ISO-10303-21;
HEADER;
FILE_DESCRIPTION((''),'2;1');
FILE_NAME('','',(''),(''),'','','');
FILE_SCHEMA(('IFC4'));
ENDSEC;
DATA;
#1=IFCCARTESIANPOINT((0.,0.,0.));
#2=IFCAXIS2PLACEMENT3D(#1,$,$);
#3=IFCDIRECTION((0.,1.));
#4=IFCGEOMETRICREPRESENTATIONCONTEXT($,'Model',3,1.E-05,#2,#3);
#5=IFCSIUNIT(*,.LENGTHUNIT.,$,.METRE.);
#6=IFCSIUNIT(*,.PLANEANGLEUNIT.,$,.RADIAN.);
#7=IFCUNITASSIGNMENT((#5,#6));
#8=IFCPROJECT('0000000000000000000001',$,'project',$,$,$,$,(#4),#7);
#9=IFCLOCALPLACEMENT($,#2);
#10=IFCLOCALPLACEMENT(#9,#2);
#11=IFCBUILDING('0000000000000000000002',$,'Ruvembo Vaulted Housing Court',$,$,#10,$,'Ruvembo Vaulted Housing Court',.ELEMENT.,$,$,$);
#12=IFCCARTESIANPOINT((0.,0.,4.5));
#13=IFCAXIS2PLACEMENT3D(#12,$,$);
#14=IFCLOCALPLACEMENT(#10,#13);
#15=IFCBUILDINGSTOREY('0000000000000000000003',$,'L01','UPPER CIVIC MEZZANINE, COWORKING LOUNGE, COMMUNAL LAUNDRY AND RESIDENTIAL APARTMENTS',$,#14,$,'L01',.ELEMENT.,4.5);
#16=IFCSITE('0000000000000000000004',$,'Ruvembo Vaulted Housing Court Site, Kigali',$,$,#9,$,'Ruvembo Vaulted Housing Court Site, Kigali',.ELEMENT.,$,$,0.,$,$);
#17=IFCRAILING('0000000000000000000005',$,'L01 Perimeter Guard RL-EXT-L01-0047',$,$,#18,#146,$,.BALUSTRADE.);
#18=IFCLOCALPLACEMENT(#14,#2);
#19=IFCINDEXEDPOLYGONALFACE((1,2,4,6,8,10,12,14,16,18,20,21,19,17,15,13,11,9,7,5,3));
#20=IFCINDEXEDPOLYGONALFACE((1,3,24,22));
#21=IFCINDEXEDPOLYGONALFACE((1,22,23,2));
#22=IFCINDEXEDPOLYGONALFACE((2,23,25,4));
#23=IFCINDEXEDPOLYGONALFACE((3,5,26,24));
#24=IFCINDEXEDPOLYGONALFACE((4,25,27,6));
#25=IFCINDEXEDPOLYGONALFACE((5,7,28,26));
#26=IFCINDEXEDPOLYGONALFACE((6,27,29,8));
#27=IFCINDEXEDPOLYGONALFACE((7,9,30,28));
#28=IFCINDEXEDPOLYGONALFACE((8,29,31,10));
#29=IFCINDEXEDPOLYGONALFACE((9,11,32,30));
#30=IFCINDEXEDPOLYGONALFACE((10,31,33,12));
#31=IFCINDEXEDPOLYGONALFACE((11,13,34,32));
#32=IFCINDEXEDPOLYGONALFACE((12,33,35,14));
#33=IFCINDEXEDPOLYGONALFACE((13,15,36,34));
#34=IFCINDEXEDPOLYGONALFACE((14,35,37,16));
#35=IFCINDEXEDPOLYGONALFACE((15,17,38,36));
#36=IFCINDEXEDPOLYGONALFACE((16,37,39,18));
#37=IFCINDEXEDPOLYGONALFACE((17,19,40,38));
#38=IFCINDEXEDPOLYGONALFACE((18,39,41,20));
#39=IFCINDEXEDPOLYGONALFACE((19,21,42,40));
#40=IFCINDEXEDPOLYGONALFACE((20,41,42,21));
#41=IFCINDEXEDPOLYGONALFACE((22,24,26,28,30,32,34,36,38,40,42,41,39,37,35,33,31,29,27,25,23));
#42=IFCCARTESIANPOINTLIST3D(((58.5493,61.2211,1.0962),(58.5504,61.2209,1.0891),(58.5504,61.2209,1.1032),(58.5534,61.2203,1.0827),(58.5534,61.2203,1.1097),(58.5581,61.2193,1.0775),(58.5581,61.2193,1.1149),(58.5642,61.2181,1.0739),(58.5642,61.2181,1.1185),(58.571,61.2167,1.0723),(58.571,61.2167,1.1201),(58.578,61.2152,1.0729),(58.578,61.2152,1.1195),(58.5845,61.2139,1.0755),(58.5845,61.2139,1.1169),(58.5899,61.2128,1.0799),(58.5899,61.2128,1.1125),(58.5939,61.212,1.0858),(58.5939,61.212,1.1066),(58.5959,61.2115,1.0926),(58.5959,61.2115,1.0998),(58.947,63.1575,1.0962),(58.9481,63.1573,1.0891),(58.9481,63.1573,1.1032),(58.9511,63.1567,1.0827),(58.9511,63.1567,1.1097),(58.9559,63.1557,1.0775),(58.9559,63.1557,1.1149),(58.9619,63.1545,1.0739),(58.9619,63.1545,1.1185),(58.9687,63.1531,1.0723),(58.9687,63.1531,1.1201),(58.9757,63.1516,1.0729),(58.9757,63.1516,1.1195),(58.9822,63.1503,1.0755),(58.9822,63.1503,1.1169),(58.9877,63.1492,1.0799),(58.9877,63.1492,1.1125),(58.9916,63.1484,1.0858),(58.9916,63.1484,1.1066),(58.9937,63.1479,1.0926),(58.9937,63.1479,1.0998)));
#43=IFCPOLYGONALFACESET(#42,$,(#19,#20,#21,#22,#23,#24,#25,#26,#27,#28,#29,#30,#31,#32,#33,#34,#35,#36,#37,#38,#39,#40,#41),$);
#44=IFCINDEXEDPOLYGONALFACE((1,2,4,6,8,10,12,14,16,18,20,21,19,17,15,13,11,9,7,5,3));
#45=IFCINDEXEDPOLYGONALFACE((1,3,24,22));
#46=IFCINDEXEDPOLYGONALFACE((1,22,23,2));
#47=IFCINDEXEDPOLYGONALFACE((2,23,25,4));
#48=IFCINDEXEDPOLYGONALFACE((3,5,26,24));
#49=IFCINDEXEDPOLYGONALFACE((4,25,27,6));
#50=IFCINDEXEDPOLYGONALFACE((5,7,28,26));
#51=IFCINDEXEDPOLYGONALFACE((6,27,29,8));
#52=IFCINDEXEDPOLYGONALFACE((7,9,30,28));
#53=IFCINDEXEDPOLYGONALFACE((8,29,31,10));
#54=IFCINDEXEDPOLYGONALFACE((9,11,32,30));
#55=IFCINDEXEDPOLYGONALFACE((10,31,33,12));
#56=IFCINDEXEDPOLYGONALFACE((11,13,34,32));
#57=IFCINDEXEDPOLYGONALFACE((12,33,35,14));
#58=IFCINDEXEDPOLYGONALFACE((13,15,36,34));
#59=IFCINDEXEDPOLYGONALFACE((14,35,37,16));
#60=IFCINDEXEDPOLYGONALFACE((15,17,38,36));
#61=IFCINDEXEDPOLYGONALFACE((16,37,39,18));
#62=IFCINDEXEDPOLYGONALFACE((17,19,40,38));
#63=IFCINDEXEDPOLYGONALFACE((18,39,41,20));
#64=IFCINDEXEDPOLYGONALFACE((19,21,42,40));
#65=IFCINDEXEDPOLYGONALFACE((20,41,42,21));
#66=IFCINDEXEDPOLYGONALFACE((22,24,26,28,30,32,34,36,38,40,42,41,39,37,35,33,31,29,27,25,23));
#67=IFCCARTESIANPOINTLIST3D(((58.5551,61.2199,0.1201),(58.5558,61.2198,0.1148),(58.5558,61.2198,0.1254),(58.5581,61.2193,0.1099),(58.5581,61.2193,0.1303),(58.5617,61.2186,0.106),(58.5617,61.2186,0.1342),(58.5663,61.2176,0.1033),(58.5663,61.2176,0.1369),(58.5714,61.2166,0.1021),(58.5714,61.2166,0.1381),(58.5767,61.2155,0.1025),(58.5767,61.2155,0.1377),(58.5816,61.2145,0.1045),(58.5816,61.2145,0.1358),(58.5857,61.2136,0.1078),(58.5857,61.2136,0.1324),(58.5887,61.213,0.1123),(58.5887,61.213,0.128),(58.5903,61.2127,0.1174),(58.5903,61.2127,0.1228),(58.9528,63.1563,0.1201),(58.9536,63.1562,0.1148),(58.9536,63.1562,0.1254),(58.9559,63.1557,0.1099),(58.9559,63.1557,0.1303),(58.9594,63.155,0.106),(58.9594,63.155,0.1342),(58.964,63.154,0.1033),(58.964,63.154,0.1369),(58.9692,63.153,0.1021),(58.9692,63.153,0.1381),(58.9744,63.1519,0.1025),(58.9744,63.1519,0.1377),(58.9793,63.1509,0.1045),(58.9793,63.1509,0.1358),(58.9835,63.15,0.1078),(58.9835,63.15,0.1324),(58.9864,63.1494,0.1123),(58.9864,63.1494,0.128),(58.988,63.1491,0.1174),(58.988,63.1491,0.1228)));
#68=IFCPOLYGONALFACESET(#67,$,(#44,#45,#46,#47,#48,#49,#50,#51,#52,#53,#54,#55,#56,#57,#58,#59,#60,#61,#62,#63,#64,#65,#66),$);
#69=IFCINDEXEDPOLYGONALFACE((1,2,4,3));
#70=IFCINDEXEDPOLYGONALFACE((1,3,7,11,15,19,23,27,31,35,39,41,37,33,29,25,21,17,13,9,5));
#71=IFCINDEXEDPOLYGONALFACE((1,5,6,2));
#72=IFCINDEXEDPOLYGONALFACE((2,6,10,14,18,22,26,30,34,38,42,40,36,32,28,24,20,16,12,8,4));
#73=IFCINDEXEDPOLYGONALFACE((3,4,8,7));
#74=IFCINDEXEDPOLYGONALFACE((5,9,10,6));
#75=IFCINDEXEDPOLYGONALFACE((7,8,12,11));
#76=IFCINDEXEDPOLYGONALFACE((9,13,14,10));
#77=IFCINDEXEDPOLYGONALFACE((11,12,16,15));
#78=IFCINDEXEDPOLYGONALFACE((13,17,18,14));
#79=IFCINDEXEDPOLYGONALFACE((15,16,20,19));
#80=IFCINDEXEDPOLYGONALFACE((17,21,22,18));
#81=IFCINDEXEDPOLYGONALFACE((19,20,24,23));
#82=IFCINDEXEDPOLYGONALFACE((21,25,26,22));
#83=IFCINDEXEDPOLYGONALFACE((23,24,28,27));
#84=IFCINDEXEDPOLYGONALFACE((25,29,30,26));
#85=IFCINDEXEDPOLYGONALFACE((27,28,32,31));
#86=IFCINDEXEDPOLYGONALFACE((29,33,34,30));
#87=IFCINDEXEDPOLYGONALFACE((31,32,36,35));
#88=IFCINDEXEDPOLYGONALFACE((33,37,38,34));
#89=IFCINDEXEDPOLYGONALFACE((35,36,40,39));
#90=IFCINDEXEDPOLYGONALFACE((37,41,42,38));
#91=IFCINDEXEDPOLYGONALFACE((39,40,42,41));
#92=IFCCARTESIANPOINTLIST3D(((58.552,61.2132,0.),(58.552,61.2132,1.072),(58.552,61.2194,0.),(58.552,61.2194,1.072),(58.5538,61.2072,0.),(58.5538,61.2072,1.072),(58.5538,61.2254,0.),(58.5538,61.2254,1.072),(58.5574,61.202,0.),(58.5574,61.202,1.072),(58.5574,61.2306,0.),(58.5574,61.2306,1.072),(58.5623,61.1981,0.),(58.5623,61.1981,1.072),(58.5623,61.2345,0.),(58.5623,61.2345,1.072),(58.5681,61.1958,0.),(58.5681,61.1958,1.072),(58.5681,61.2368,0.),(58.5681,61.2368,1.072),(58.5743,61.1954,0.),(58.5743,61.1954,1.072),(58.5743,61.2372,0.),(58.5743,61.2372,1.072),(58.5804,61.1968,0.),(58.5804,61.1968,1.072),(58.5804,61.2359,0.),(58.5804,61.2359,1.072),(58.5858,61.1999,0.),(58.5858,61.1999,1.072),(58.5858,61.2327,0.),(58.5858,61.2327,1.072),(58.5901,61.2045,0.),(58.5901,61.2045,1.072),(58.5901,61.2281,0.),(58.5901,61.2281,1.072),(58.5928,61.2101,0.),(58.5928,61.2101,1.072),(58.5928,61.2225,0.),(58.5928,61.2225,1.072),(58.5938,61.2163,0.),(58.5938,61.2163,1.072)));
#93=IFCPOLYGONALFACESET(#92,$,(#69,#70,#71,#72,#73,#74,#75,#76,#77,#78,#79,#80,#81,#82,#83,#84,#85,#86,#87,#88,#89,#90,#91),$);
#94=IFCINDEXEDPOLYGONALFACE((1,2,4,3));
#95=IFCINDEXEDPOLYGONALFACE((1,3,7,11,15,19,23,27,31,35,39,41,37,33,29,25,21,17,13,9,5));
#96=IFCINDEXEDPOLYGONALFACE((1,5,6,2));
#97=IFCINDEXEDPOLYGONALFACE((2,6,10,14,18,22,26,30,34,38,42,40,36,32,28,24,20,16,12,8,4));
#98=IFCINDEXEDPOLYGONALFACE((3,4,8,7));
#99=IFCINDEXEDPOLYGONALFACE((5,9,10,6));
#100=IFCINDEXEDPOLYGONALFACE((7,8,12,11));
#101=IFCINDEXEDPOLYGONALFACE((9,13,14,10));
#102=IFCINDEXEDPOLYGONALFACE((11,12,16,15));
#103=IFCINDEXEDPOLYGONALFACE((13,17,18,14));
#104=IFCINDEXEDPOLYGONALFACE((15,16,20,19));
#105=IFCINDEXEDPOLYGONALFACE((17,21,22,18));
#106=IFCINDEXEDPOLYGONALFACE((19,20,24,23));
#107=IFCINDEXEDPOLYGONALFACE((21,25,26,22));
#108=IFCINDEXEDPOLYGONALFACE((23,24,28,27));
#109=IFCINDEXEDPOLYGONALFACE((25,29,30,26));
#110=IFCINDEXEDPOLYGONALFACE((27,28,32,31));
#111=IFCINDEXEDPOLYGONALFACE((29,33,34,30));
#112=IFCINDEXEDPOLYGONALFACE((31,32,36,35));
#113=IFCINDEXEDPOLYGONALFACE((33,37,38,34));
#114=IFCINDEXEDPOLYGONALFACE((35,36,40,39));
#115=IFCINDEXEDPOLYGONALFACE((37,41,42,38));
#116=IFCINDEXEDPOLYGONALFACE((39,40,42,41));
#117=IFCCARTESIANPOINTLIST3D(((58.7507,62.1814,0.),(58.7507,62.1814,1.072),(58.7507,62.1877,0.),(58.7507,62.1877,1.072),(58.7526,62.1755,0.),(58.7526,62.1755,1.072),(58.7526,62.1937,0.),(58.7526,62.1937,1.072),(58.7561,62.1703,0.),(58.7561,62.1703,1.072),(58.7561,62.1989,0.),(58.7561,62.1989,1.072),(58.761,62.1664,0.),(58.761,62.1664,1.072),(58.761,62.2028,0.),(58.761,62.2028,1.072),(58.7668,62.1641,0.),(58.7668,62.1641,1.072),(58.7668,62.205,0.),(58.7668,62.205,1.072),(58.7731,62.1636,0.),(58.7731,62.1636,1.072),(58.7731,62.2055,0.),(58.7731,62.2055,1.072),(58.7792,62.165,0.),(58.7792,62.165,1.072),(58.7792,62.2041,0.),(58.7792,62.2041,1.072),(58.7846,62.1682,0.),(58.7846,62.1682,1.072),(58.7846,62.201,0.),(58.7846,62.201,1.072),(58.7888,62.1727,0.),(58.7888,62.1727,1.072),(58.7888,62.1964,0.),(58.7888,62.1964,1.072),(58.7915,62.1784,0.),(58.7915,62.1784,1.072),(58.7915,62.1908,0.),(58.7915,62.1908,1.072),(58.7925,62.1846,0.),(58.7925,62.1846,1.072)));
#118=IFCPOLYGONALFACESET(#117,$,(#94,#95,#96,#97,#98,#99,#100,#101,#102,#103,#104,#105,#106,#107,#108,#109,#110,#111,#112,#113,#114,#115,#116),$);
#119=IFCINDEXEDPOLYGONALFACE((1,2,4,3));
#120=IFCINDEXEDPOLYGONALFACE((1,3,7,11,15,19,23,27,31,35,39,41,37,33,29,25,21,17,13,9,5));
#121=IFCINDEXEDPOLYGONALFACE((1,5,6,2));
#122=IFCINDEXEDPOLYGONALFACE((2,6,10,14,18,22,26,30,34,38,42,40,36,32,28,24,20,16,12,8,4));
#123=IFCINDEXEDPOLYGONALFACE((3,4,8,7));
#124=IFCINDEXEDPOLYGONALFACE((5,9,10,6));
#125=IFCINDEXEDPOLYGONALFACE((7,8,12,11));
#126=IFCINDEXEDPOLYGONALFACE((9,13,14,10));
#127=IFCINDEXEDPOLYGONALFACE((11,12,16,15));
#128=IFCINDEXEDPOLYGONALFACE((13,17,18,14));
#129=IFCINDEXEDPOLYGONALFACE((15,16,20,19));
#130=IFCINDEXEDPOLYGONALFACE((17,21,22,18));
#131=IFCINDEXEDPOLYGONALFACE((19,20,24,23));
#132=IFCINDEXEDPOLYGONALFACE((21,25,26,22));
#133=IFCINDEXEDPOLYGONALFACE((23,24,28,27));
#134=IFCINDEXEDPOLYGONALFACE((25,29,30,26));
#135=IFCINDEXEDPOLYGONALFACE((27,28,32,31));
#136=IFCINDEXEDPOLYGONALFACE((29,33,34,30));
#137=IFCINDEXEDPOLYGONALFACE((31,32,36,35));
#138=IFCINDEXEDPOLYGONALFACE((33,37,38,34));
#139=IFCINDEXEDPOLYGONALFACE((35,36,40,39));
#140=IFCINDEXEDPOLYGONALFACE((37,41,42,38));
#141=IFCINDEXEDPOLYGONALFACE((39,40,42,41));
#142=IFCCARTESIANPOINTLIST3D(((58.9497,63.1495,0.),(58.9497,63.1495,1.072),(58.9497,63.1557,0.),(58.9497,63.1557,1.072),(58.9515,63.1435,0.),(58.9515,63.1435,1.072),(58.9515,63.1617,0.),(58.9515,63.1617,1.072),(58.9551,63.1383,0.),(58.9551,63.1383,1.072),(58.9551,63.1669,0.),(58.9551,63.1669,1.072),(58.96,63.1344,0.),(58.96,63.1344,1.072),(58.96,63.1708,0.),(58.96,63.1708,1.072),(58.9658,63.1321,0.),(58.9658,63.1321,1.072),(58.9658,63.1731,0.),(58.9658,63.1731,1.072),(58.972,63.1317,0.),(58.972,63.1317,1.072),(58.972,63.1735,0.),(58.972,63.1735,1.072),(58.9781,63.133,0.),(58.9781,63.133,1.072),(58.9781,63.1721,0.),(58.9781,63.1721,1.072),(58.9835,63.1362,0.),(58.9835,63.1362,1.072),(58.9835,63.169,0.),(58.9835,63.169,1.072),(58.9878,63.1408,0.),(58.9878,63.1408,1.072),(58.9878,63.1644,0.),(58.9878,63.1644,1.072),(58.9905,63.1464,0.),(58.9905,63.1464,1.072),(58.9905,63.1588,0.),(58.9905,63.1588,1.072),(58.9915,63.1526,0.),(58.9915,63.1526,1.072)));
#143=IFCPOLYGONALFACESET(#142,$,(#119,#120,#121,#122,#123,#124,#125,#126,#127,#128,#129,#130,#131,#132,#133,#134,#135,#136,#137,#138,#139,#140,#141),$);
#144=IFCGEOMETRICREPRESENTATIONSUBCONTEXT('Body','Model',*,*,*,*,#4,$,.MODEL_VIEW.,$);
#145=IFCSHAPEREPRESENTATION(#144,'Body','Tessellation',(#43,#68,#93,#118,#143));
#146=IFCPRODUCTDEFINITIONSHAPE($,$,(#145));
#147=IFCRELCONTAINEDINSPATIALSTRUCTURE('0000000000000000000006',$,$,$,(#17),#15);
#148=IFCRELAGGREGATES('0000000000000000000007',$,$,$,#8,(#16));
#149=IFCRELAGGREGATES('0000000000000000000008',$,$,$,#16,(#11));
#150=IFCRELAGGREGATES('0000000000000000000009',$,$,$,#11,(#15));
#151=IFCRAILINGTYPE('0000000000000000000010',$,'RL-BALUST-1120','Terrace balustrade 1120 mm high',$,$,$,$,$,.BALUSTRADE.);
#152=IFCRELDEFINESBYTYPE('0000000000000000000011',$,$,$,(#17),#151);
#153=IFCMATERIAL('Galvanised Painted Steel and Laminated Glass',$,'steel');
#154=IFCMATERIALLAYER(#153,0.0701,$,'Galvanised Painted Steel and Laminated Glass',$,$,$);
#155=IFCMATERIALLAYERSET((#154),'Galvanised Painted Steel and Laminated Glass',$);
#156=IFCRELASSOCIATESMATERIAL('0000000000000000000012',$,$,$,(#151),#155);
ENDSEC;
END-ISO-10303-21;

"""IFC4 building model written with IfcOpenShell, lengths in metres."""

from ifc_helpers import new_model, si_unit, direction, frame, origin, origin_2d, place, context, subcontext, project, spatial, circle, extrude, material, layer, layer_set, type_object, element, save


model = new_model("IFC4")

# Units and contexts
model_context = context("Model", 3, precision=1e-05, world=origin(), true_north=direction((0.0, 1.0)))
body_context = subcontext(model_context, "Body", "Model", "MODEL_VIEW")
ifc_project = project(units=[si_unit("LENGTHUNIT", "METRE"), si_unit("PLANEANGLEUNIT", "RADIAN")], contexts=[model_context])

# Site, building, storey
site_placement = place(None, origin())
site = spatial("IfcSite", under=ifc_project, at=site_placement, Name="Ruvembo Vaulted Housing Court Site, Kigali", LongName="Ruvembo Vaulted Housing Court Site, Kigali", CompositionType="ELEMENT", RefElevation=0.0)
building_placement = place(site_placement, origin())
building = spatial("IfcBuilding", under=site, at=building_placement, Name="Ruvembo Vaulted Housing Court", LongName="Ruvembo Vaulted Housing Court", CompositionType="ELEMENT")
storey_placement = place(building_placement, frame((0.0, 0.0, 4.5)))
storey = spatial("IfcBuildingStorey", under=building, at=storey_placement, Name="L01", Description="UPPER CIVIC MEZZANINE, COWORKING LOUNGE, COMMUNAL LAUNDRY AND RESIDENTIAL APARTMENTS", LongName="L01", CompositionType="ELEMENT", Elevation=4.5)

# Railing
ifc_material_1 = material(Name="Galvanised Painted Steel and Laminated Glass", Category="steel")
ifc_layer_1 = layer(ifc_material_1, 0.0701, Name="Galvanised Painted Steel and Laminated Glass")
ifc_layer_set_1 = layer_set([ifc_layer_1], Name="Galvanised Painted Steel and Laminated Glass")
railing_type = type_object("IfcRailingType", Name="RL-BALUST-1120", Description="Terrace balustrade 1120 mm high", PredefinedType="BALUSTRADE", material=ifc_layer_set_1)
railing_1_placement = place(storey_placement, frame((58.5728, 61.2163, 0.0)))
element("IfcRailing", 1, at=railing_1_placement, inside=storey, type_object=railing_type, Name="L01 Perimeter Guard RL-EXT-L01-0047", PredefinedType="BALUSTRADE", context=body_context, shape_type="SweptSolid", body=[
    extrude(circle(Radius=0.0239, at=origin_2d()), frame((0.0, 0.0, 1.0962), z_axis=(0.201196, 0.979551, 0.0), x_axis=(-0.979551, 0.201196, 0.0)), (0.0, 0.0, 1.0), 1.9768),
    extrude(circle(Radius=0.0181, at=origin_2d()), frame((0.0, 0.0, 0.1201), z_axis=(0.201196, 0.979551, 0.0), x_axis=(-0.979551, 0.201196, 0.0)), (0.0, 0.0, 1.0), 1.9768),
    extrude(circle(Radius=0.021, at=origin_2d()), origin(), (0.0, 0.0, 1.0), 1.072),
    extrude(circle(Radius=0.021, at=origin_2d()), frame((0.1987, 0.9683, 0.0)), (0.0, 0.0, 1.0), 1.072),
    extrude(circle(Radius=0.021, at=origin_2d()), frame((0.3977, 1.9363, 0.0)), (0.0, 0.0, 1.0), 1.072),
])

save(model, "model.ifc")
